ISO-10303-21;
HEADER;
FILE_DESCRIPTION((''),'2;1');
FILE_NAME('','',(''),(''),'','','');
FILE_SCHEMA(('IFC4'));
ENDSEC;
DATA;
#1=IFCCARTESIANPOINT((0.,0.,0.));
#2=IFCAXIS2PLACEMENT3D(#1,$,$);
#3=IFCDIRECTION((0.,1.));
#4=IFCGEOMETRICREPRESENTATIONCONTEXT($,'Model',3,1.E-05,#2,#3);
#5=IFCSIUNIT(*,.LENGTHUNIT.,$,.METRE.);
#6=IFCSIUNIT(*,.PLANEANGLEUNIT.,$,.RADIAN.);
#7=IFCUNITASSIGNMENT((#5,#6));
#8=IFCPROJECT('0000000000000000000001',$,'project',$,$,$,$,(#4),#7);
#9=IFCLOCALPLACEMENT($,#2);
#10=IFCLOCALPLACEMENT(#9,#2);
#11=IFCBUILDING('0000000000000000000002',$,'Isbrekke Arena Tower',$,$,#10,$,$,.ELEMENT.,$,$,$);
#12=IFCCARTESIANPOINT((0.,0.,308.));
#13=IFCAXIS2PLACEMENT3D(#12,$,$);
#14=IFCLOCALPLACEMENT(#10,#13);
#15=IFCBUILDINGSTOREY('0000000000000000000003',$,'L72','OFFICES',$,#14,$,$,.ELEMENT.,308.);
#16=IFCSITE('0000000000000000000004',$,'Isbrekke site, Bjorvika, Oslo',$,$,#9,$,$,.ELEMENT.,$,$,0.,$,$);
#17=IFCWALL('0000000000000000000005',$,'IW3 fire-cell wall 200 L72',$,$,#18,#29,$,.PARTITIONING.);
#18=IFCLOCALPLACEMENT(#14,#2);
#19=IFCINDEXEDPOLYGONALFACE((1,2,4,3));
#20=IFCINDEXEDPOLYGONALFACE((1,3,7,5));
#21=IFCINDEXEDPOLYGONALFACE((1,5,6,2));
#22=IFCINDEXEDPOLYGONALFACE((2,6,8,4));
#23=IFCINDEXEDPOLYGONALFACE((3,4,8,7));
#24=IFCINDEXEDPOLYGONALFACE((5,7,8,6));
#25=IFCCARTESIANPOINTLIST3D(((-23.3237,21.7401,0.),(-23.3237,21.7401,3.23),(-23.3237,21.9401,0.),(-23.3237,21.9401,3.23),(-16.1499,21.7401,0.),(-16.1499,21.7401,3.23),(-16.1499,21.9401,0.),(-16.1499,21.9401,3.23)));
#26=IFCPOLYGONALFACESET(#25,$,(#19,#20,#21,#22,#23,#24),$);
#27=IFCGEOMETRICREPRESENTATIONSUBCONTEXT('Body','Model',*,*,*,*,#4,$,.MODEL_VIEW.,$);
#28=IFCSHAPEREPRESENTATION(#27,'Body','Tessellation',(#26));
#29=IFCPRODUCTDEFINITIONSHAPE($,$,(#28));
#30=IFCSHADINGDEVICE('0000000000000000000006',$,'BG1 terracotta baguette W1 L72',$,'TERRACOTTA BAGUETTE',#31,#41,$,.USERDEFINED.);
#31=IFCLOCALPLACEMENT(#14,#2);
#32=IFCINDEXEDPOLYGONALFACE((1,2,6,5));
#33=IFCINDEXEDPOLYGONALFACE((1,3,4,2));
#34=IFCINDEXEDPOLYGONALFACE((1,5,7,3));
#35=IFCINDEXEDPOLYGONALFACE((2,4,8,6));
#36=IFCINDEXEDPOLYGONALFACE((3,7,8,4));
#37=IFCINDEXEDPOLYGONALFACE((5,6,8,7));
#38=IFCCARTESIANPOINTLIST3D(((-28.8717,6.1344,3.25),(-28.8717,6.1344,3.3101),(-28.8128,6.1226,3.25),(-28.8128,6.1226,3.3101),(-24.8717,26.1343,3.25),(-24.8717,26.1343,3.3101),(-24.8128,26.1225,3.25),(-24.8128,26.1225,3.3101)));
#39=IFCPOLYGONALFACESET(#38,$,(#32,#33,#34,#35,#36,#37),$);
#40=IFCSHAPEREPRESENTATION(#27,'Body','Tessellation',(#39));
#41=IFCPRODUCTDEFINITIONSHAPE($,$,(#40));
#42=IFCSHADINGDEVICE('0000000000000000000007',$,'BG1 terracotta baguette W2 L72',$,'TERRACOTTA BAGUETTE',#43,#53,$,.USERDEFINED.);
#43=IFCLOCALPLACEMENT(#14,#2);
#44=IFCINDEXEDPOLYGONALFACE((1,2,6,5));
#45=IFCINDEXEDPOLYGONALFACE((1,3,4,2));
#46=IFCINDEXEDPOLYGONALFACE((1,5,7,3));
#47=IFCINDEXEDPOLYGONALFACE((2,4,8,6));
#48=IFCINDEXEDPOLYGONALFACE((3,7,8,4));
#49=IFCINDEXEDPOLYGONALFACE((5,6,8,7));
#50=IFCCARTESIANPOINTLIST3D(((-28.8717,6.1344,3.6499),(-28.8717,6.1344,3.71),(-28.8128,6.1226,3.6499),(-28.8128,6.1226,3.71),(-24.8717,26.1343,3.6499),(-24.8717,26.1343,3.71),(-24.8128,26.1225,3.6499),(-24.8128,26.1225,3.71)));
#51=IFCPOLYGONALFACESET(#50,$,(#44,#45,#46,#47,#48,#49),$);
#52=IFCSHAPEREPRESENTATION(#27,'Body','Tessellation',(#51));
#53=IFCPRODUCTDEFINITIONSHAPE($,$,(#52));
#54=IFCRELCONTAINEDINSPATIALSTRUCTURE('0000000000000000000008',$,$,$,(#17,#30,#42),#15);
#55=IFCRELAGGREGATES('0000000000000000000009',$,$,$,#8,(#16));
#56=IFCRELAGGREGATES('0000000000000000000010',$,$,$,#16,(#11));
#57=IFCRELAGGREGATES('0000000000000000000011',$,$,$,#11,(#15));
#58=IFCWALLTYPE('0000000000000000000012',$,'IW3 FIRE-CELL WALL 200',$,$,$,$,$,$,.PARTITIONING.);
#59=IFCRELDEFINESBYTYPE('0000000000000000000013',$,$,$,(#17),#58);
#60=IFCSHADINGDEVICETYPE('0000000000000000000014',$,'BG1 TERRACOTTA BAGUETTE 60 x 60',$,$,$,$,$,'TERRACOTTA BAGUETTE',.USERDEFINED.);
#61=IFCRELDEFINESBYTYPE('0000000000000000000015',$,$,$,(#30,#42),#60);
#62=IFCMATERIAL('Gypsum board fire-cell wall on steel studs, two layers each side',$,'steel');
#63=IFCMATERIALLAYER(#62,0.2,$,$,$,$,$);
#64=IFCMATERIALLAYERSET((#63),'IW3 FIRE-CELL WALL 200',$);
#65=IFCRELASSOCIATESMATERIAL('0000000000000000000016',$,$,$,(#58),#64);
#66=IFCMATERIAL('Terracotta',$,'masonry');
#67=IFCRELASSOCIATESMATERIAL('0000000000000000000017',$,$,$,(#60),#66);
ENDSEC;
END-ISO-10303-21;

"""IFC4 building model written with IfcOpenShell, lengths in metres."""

from ifc_helpers import new_model, si_unit, direction, frame, frame_2d, origin, origin_2d, place, context, subcontext, project, spatial, rectangle, extrude, material, layer, layer_set, material_profile, profile_set, type_object, element, save


model = new_model("IFC4")

# Units and contexts
model_context = context("Model", 3, precision=1e-05, world=origin(), true_north=direction((0.0, 1.0)))
body_context = subcontext(model_context, "Body", "Model", "MODEL_VIEW")
ifc_project = project(units=[si_unit("LENGTHUNIT", "METRE"), si_unit("PLANEANGLEUNIT", "RADIAN")], contexts=[model_context])

# Site, building, storey
site_placement = place(None, origin())
site = spatial("IfcSite", under=ifc_project, at=site_placement, Name="Isbrekke site, Bjorvika, Oslo", CompositionType="ELEMENT", RefElevation=0.0)
building_placement = place(site_placement, origin())
building = spatial("IfcBuilding", under=site, at=building_placement, Name="Isbrekke Arena Tower", CompositionType="ELEMENT")
storey_placement = place(building_placement, frame((0.0, 0.0, 308.0)))
storey = spatial("IfcBuildingStorey", under=building, at=storey_placement, Name="L72", Description="OFFICES", CompositionType="ELEMENT", Elevation=308.0)

# Wall
ifc_material_1 = material(Name="Gypsum board fire-cell wall on steel studs, two layers each side", Category="steel")
ifc_layer_1 = layer(ifc_material_1, 0.2)
ifc_layer_set_1 = layer_set([ifc_layer_1], Name="IW3 FIRE-CELL WALL 200")
wall_type_1 = type_object("IfcWallType", Name="IW3 FIRE-CELL WALL 200", PredefinedType="PARTITIONING", material=ifc_layer_set_1)
wall_1_placement = place(storey_placement, frame((-23.3237, 21.8401, 0.0), z_axis=(0.0, 0.0, 1.0), x_axis=(1.0, 0.0, 0.0)))
element("IfcWall", 1, at=wall_1_placement, inside=storey, type_object=wall_type_1, Name="IW3 fire-cell wall 200 L72", PredefinedType="PARTITIONING", context=body_context, shape_type="SweptSolid", body=[
    extrude(rectangle(XDim=7.1738, YDim=0.2, at=frame_2d((3.5869, 0.0))), origin(), (0.0, 0.0, 1.0), 3.23),
])

# Shading devices
ifc_material_2 = material(Name="Terracotta", Category="masonry")
ifc_material_profile_1 = material_profile(ifc_material_2, rectangle(XDim=0.0601, YDim=0.0601, at=origin_2d()), Name="BAGUETTE 60X60")
ifc_profile_set_1 = profile_set([ifc_material_profile_1], Name="Terracotta")
shading_device_type = type_object("IfcShadingDeviceType", Name="BG1 TERRACOTTA BAGUETTE 60 x 60", ElementType="TERRACOTTA BAGUETTE", PredefinedType="USERDEFINED", material=ifc_profile_set_1)
for number, where, z_axis, x_axis, name in (
    (2, (-24.8423, 26.1284, 3.28), (-0.196116, -0.980581, 0.0), (0.980581, -0.196116, 0.0), "BG1 terracotta baguette W1 L72"),
    (3, (-24.8423, 26.1284, 3.6799), (-0.196116, -0.980581, 0.0), (0.980581, -0.196116, 0.0), "BG1 terracotta baguette W2 L72"),
):
    element("IfcShadingDevice", number, at=place(storey_placement, frame(where, z_axis=z_axis, x_axis=x_axis)), inside=storey, type_object=shading_device_type, Name=name, ObjectType="TERRACOTTA BAGUETTE", PredefinedType="USERDEFINED", context=body_context, shape_type="SweptSolid", body=[
        extrude(rectangle(XDim=0.0601, YDim=0.0601, at=origin_2d()), origin(), (0.0, 0.0, 1.0), 20.396),
    ])

save(model, "model.ifc")
